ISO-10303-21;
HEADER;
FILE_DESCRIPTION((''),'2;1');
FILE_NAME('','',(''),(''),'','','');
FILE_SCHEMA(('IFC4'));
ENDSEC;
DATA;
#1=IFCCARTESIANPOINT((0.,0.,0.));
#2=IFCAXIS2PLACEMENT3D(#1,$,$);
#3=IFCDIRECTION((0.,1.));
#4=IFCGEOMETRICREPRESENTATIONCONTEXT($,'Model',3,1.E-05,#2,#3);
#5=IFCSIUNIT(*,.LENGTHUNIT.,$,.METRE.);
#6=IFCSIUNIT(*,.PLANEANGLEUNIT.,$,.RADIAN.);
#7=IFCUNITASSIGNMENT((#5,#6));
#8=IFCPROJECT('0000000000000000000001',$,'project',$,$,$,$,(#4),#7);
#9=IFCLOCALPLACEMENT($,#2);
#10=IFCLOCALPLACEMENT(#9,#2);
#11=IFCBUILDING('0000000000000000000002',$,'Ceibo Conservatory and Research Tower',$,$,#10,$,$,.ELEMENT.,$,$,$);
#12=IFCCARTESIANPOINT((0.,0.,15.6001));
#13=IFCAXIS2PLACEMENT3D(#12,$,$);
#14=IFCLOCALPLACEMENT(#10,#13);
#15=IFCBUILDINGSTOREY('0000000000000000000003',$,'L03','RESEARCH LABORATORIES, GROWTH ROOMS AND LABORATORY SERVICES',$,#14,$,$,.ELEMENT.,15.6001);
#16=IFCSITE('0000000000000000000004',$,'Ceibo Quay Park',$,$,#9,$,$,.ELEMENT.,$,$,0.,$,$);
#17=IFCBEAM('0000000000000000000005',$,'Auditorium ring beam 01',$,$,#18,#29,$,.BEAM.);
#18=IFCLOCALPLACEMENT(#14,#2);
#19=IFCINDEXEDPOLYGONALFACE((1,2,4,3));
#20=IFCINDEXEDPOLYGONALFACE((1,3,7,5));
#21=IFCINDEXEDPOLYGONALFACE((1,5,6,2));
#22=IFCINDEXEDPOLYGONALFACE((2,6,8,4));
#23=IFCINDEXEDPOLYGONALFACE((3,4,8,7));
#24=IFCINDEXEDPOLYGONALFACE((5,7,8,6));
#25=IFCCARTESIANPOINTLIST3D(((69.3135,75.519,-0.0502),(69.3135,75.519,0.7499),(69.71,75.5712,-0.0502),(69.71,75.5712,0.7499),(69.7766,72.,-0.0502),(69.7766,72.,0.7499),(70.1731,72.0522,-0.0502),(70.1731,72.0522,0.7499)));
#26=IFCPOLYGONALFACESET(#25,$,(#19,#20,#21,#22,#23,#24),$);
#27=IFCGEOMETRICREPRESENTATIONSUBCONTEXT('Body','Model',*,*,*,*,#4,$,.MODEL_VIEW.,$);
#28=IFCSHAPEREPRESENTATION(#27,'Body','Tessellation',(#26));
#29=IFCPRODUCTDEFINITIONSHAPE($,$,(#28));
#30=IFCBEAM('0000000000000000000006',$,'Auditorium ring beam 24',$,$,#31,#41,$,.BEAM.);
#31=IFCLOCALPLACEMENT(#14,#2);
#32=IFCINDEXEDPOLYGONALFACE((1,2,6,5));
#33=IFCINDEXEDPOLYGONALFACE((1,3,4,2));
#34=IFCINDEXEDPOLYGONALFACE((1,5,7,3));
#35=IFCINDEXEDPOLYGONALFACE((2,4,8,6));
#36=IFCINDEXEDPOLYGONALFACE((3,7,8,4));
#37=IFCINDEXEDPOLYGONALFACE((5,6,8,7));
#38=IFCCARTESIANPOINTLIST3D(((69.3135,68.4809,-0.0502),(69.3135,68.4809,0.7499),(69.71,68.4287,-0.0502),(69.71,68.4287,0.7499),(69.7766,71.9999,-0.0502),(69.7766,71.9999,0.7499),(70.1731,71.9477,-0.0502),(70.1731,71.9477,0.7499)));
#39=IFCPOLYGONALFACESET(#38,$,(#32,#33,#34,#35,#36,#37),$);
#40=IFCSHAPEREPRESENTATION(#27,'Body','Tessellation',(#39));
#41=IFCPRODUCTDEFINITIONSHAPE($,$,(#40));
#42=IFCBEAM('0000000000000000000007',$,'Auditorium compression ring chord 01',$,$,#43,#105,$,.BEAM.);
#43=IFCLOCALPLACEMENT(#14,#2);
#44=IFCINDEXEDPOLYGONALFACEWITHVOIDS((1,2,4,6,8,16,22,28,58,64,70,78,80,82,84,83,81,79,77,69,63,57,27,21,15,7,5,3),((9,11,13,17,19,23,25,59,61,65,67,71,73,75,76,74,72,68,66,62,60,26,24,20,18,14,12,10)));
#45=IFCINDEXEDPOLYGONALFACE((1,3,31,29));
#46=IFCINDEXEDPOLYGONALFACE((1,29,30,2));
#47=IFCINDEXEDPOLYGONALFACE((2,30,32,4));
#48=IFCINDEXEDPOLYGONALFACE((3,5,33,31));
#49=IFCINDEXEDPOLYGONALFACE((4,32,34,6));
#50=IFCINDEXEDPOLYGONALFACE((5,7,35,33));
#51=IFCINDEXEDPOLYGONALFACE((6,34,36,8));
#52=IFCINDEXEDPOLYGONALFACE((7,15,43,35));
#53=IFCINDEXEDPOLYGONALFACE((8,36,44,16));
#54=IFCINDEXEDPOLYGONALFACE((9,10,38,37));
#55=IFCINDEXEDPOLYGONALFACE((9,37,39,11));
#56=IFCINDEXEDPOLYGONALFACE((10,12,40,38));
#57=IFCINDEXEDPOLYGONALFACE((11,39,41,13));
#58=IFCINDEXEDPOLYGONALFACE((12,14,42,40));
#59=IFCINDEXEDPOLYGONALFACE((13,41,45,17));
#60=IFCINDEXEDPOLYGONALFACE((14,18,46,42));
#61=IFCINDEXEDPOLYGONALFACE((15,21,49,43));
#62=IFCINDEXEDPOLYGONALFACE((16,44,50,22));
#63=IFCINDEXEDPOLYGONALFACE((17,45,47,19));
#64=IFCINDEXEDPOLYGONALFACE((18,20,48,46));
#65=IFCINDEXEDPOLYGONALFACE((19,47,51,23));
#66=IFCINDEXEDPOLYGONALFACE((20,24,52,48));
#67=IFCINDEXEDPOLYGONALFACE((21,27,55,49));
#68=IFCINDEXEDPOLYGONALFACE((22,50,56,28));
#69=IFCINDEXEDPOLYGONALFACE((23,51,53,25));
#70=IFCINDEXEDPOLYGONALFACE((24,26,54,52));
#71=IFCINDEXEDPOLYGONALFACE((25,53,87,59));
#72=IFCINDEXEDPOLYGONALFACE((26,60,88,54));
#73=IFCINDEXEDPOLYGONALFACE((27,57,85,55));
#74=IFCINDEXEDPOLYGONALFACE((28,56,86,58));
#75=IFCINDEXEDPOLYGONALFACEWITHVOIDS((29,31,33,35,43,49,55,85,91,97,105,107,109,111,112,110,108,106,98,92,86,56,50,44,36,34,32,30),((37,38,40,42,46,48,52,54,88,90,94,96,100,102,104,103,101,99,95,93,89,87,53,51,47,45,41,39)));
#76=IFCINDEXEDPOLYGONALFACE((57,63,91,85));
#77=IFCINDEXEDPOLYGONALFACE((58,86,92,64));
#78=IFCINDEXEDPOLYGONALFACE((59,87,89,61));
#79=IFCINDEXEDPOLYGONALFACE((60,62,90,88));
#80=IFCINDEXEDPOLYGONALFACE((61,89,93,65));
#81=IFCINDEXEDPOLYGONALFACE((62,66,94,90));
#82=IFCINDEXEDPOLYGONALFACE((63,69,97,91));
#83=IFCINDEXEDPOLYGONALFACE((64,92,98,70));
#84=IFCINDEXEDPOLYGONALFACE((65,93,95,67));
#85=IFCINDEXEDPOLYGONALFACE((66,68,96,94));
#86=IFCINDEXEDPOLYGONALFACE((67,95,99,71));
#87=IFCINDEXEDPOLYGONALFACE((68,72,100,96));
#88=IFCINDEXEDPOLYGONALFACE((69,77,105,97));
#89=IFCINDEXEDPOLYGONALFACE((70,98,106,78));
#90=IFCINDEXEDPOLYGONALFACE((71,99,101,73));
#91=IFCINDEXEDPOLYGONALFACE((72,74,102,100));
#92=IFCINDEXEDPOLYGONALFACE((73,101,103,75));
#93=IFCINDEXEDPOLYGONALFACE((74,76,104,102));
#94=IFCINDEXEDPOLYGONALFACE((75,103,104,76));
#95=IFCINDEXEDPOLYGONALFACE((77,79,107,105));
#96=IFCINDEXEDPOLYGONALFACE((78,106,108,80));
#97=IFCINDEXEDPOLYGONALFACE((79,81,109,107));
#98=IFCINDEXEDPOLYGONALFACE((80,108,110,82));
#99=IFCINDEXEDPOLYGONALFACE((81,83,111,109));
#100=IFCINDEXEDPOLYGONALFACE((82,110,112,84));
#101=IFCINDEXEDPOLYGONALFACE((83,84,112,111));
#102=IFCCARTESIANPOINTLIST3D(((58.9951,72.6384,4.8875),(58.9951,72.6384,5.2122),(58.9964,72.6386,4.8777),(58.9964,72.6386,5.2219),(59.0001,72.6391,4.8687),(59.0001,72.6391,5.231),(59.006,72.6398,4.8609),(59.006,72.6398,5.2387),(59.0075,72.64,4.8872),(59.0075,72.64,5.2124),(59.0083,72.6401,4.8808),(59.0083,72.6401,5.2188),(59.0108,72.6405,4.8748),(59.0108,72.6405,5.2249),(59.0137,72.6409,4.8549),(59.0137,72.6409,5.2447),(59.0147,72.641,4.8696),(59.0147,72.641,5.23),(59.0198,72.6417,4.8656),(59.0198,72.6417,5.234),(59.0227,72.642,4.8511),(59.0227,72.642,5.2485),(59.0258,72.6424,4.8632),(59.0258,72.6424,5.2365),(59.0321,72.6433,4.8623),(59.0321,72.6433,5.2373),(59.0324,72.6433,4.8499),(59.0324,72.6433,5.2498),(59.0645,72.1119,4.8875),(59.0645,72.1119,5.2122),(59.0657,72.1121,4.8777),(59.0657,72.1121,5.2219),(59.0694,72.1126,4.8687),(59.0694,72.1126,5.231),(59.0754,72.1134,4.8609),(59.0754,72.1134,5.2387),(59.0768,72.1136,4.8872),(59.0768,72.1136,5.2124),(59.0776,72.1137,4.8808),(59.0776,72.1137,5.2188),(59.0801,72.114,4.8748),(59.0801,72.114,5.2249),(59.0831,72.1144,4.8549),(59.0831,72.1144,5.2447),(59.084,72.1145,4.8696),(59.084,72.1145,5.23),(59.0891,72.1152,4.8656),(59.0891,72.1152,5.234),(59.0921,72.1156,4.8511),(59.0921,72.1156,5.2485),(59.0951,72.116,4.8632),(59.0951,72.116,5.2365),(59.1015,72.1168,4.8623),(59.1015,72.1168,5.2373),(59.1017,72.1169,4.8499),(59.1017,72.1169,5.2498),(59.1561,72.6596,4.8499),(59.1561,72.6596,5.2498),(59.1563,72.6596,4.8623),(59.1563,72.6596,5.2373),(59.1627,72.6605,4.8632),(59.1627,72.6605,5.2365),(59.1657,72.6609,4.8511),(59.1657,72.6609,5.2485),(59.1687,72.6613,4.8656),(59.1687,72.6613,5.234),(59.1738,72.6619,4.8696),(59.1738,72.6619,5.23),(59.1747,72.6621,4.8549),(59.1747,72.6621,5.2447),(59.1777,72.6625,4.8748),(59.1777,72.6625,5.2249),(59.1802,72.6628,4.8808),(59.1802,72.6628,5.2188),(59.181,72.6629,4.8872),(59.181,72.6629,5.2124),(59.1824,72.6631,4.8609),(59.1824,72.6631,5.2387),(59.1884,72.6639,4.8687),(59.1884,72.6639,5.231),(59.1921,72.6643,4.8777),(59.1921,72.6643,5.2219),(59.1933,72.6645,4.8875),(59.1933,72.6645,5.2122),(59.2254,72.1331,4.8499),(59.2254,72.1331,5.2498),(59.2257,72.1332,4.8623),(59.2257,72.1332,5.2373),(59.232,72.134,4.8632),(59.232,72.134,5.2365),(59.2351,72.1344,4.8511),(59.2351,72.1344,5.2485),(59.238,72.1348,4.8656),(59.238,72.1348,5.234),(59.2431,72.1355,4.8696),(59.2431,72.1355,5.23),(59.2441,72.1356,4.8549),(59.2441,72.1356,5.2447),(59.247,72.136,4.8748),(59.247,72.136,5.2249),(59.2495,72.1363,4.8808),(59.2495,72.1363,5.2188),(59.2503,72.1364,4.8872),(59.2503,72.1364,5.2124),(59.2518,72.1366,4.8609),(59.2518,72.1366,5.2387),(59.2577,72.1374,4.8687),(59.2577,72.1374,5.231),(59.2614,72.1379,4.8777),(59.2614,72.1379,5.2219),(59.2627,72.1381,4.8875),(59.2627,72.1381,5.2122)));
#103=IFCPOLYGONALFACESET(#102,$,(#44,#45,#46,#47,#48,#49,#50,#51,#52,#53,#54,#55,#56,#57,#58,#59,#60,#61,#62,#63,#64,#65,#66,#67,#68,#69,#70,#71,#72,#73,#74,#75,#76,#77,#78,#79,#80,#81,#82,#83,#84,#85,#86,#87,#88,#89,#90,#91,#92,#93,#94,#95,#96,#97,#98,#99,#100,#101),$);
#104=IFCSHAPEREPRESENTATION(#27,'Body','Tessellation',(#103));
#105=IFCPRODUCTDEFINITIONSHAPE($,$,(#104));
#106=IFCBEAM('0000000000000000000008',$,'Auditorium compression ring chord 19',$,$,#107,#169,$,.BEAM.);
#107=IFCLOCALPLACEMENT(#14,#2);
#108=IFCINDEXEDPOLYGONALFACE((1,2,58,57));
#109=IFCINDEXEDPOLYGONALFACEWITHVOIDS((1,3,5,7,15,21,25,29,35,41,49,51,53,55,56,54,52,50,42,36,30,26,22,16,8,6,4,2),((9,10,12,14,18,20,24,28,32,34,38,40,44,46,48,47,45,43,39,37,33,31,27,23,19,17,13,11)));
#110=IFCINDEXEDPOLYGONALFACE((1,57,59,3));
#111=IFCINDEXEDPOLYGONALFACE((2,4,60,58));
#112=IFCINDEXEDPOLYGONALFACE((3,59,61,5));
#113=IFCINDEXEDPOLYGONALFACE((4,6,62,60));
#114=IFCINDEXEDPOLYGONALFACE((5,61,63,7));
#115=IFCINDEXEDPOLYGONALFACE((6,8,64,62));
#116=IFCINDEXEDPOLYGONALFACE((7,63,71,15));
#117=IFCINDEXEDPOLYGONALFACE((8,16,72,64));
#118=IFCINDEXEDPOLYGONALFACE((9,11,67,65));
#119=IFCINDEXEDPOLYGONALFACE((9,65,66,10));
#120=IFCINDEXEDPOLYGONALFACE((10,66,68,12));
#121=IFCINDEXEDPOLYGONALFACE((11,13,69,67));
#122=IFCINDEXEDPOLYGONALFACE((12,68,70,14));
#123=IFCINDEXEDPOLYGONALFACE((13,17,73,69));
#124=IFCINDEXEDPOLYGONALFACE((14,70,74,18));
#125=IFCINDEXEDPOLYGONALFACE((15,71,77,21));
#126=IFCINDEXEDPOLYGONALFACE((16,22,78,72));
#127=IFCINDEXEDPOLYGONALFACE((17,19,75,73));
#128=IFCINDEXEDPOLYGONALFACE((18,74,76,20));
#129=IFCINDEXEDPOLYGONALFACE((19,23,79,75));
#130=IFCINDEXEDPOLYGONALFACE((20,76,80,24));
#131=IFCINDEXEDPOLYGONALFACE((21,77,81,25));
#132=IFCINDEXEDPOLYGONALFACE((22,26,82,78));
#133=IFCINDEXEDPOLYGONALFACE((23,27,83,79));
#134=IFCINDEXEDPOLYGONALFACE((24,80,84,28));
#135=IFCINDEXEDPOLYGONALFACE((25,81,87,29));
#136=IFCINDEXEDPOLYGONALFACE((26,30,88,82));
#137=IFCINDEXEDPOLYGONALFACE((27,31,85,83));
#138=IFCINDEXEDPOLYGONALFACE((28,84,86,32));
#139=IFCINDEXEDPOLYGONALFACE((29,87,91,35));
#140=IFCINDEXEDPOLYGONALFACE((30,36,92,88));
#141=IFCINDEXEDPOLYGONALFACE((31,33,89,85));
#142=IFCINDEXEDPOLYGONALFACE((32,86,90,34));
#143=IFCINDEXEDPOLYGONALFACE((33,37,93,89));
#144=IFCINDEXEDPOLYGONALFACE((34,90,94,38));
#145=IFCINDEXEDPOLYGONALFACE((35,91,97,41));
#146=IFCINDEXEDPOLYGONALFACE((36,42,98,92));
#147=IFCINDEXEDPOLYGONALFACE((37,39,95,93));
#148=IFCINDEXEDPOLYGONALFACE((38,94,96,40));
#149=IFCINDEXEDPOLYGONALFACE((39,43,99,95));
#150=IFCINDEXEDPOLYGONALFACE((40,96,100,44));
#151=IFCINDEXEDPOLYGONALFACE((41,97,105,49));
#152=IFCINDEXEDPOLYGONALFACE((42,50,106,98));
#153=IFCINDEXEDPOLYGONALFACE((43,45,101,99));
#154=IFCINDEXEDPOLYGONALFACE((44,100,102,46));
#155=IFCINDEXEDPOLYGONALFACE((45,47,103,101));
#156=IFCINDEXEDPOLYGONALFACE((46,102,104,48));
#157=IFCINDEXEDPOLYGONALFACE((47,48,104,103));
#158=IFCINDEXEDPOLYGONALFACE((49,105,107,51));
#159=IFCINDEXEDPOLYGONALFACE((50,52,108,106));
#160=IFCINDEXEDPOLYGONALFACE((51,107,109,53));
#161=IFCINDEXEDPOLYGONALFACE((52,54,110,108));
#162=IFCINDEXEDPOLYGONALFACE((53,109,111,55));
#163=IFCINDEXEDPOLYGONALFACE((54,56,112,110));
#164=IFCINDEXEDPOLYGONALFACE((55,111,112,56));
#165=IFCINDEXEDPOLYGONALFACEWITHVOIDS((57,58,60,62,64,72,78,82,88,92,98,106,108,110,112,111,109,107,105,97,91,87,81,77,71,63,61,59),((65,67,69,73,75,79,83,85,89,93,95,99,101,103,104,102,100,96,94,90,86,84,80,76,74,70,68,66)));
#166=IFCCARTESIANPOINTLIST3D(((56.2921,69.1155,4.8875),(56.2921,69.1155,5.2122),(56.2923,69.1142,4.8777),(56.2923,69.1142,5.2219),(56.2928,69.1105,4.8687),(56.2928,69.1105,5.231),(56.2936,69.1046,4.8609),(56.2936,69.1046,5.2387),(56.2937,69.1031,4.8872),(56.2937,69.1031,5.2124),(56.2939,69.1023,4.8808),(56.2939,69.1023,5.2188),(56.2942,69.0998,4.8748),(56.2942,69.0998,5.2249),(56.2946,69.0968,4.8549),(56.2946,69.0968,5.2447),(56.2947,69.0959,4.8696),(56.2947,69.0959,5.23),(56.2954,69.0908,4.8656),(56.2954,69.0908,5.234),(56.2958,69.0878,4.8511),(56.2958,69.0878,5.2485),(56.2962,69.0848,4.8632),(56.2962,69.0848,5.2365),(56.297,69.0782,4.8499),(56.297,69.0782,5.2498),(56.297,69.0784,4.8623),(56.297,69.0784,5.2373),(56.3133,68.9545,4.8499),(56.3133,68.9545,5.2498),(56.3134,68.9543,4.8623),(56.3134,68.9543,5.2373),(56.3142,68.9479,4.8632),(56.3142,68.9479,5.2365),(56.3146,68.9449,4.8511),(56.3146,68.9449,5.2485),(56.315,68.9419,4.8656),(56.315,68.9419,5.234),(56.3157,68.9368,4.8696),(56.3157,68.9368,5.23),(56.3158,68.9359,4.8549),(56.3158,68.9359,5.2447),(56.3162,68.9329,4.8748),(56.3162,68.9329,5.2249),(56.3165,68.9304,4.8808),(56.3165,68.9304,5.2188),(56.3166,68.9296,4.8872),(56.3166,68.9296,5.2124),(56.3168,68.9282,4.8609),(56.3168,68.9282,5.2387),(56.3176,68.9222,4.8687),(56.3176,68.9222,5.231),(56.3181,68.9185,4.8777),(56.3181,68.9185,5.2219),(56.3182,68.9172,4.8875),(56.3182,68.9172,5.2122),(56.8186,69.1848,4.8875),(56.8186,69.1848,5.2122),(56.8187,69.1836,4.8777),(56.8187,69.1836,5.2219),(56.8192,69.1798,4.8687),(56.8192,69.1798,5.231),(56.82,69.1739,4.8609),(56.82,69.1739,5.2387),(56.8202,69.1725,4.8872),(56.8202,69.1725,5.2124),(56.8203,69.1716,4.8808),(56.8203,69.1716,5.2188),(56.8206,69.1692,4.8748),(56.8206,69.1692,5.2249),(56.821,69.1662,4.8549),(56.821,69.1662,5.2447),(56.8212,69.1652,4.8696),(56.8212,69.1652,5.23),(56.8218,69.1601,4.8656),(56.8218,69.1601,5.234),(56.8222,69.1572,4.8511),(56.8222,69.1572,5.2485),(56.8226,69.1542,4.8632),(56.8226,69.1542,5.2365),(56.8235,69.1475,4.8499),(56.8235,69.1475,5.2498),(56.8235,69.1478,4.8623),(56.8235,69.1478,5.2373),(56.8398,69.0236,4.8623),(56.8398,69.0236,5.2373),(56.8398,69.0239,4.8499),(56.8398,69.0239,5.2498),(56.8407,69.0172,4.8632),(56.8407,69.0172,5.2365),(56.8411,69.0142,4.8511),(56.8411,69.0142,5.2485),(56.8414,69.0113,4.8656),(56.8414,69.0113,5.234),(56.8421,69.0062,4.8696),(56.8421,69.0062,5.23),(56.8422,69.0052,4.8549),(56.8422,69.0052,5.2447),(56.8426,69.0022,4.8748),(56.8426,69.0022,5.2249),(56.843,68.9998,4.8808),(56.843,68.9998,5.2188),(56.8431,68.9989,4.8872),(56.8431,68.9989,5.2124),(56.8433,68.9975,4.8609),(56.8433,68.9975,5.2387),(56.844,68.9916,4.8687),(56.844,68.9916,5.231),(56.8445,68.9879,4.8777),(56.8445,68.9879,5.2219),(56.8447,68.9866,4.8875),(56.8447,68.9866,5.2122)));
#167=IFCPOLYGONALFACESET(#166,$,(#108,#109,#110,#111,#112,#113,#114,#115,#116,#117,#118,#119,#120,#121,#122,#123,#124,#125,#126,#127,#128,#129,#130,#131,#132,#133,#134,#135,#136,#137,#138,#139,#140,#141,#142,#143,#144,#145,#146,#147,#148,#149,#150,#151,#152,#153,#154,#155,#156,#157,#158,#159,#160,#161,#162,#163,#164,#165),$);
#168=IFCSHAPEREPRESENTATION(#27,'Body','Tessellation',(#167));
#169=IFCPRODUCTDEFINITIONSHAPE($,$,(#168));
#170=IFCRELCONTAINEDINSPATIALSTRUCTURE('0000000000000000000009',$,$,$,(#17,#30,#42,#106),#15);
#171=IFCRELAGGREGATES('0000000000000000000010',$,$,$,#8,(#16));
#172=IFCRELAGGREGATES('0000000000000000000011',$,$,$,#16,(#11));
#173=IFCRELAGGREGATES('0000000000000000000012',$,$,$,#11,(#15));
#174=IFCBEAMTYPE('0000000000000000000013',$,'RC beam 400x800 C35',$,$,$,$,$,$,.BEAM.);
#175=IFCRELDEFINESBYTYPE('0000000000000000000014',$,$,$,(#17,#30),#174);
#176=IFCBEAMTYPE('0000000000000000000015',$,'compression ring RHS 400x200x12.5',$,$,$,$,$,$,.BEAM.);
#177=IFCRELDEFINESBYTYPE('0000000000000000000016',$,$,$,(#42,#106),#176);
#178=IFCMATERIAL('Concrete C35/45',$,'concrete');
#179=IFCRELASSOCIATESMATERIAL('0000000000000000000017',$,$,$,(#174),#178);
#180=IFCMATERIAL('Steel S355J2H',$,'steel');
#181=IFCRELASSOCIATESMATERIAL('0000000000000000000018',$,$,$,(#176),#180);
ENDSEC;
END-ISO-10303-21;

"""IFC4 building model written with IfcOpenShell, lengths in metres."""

from ifc_helpers import new_model, si_unit, direction, frame, origin, origin_2d, place, context, subcontext, project, spatial, rectangle, hollow_rectangle, extrude, material, material_profile, profile_set, type_object, element, save


model = new_model("IFC4")

# Units and contexts
model_context = context("Model", 3, precision=1e-05, world=origin(), true_north=direction((0.0, 1.0)))
body_context = subcontext(model_context, "Body", "Model", "MODEL_VIEW")
ifc_project = project(units=[si_unit("LENGTHUNIT", "METRE"), si_unit("PLANEANGLEUNIT", "RADIAN")], contexts=[model_context])

# Site, building, storey
site_placement = place(None, origin())
site = spatial("IfcSite", under=ifc_project, at=site_placement, Name="Ceibo Quay Park", CompositionType="ELEMENT", RefElevation=0.0)
building_placement = place(site_placement, origin())
building = spatial("IfcBuilding", under=site, at=building_placement, Name="Ceibo Conservatory and Research Tower", CompositionType="ELEMENT")
storey_placement = place(building_placement, frame((0.0, 0.0, 15.6001)))
storey = spatial("IfcBuildingStorey", under=building, at=storey_placement, Name="L03", Description="RESEARCH LABORATORIES, GROWTH ROOMS AND LABORATORY SERVICES", CompositionType="ELEMENT", Elevation=15.6001)

# Beams
ifc_material_1 = material(Name="Concrete C35/45", Category="concrete")
ifc_material_profile_1 = material_profile(ifc_material_1, rectangle(XDim=0.3999, YDim=0.8, at=origin_2d()), Name="RC 400x800")
ifc_profile_set_1 = profile_set([ifc_material_profile_1], Name="Concrete C35/45")
beam_type_1 = type_object("IfcBeamType", Name="RC beam 400x800 C35", PredefinedType="BEAM", material=ifc_profile_set_1)
for number, where, z_axis, x_axis, name in (
    (1, (69.9749, 72.0261, 0.3499), (-0.130483, 0.991451, 0.0), (-0.991451, -0.130483, 0.0), "Auditorium ring beam 01"),
    (2, (69.5117, 68.4548, 0.3499), (0.130483, 0.991451, 0.0), (-0.991451, 0.130483, 0.0), "Auditorium ring beam 24"),
):
    element("IfcBeam", number, at=place(storey_placement, frame(where, z_axis=z_axis, x_axis=x_axis)), inside=storey, type_object=beam_type_1, Name=name, PredefinedType="BEAM", context=body_context, shape_type="SweptSolid", body=[
        extrude(rectangle(XDim=0.3999, YDim=0.8, at=origin_2d()), origin(), (0.0, 0.0, 1.0), 3.5493),
    ])
ifc_material_2 = material(Name="Steel S355J2H", Category="steel")
ifc_material_profile_2 = material_profile(ifc_material_2, hollow_rectangle(XDim=0.2, YDim=0.3999, WallThickness=0.0125, InnerFilletRadius=0.0249, OuterFilletRadius=0.0376, at=origin_2d()), Name="RHS 400x200x12.5")
ifc_profile_set_2 = profile_set([ifc_material_profile_2], Name="Steel S355J2H")
beam_type_2 = type_object("IfcBeamType", Name="compression ring RHS 400x200x12.5", PredefinedType="BEAM", material=ifc_profile_set_2)
for number, where, z_axis, x_axis, name in (
    (3, (59.1636, 72.125, 5.0498), (-0.130597, 0.991436, 0.0), (-0.991436, -0.130597, 0.0), "Auditorium compression ring chord 01"),
    (4, (56.3052, 69.0164, 5.0498), (0.991436, 0.130597, 0.0), (-0.130597, 0.991436, 0.0), "Auditorium compression ring chord 19"),
):
    element("IfcBeam", number, at=place(storey_placement, frame(where, z_axis=z_axis, x_axis=x_axis)), inside=storey, type_object=beam_type_2, Name=name, PredefinedType="BEAM", context=body_context, shape_type="SweptSolid", body=[
        extrude(hollow_rectangle(XDim=0.2, YDim=0.3999, WallThickness=0.0125, InnerFilletRadius=0.0249, OuterFilletRadius=0.0376, at=origin_2d()), origin(), (0.0, 0.0, 1.0), 0.531),
    ])

save(model, "model.ifc")
